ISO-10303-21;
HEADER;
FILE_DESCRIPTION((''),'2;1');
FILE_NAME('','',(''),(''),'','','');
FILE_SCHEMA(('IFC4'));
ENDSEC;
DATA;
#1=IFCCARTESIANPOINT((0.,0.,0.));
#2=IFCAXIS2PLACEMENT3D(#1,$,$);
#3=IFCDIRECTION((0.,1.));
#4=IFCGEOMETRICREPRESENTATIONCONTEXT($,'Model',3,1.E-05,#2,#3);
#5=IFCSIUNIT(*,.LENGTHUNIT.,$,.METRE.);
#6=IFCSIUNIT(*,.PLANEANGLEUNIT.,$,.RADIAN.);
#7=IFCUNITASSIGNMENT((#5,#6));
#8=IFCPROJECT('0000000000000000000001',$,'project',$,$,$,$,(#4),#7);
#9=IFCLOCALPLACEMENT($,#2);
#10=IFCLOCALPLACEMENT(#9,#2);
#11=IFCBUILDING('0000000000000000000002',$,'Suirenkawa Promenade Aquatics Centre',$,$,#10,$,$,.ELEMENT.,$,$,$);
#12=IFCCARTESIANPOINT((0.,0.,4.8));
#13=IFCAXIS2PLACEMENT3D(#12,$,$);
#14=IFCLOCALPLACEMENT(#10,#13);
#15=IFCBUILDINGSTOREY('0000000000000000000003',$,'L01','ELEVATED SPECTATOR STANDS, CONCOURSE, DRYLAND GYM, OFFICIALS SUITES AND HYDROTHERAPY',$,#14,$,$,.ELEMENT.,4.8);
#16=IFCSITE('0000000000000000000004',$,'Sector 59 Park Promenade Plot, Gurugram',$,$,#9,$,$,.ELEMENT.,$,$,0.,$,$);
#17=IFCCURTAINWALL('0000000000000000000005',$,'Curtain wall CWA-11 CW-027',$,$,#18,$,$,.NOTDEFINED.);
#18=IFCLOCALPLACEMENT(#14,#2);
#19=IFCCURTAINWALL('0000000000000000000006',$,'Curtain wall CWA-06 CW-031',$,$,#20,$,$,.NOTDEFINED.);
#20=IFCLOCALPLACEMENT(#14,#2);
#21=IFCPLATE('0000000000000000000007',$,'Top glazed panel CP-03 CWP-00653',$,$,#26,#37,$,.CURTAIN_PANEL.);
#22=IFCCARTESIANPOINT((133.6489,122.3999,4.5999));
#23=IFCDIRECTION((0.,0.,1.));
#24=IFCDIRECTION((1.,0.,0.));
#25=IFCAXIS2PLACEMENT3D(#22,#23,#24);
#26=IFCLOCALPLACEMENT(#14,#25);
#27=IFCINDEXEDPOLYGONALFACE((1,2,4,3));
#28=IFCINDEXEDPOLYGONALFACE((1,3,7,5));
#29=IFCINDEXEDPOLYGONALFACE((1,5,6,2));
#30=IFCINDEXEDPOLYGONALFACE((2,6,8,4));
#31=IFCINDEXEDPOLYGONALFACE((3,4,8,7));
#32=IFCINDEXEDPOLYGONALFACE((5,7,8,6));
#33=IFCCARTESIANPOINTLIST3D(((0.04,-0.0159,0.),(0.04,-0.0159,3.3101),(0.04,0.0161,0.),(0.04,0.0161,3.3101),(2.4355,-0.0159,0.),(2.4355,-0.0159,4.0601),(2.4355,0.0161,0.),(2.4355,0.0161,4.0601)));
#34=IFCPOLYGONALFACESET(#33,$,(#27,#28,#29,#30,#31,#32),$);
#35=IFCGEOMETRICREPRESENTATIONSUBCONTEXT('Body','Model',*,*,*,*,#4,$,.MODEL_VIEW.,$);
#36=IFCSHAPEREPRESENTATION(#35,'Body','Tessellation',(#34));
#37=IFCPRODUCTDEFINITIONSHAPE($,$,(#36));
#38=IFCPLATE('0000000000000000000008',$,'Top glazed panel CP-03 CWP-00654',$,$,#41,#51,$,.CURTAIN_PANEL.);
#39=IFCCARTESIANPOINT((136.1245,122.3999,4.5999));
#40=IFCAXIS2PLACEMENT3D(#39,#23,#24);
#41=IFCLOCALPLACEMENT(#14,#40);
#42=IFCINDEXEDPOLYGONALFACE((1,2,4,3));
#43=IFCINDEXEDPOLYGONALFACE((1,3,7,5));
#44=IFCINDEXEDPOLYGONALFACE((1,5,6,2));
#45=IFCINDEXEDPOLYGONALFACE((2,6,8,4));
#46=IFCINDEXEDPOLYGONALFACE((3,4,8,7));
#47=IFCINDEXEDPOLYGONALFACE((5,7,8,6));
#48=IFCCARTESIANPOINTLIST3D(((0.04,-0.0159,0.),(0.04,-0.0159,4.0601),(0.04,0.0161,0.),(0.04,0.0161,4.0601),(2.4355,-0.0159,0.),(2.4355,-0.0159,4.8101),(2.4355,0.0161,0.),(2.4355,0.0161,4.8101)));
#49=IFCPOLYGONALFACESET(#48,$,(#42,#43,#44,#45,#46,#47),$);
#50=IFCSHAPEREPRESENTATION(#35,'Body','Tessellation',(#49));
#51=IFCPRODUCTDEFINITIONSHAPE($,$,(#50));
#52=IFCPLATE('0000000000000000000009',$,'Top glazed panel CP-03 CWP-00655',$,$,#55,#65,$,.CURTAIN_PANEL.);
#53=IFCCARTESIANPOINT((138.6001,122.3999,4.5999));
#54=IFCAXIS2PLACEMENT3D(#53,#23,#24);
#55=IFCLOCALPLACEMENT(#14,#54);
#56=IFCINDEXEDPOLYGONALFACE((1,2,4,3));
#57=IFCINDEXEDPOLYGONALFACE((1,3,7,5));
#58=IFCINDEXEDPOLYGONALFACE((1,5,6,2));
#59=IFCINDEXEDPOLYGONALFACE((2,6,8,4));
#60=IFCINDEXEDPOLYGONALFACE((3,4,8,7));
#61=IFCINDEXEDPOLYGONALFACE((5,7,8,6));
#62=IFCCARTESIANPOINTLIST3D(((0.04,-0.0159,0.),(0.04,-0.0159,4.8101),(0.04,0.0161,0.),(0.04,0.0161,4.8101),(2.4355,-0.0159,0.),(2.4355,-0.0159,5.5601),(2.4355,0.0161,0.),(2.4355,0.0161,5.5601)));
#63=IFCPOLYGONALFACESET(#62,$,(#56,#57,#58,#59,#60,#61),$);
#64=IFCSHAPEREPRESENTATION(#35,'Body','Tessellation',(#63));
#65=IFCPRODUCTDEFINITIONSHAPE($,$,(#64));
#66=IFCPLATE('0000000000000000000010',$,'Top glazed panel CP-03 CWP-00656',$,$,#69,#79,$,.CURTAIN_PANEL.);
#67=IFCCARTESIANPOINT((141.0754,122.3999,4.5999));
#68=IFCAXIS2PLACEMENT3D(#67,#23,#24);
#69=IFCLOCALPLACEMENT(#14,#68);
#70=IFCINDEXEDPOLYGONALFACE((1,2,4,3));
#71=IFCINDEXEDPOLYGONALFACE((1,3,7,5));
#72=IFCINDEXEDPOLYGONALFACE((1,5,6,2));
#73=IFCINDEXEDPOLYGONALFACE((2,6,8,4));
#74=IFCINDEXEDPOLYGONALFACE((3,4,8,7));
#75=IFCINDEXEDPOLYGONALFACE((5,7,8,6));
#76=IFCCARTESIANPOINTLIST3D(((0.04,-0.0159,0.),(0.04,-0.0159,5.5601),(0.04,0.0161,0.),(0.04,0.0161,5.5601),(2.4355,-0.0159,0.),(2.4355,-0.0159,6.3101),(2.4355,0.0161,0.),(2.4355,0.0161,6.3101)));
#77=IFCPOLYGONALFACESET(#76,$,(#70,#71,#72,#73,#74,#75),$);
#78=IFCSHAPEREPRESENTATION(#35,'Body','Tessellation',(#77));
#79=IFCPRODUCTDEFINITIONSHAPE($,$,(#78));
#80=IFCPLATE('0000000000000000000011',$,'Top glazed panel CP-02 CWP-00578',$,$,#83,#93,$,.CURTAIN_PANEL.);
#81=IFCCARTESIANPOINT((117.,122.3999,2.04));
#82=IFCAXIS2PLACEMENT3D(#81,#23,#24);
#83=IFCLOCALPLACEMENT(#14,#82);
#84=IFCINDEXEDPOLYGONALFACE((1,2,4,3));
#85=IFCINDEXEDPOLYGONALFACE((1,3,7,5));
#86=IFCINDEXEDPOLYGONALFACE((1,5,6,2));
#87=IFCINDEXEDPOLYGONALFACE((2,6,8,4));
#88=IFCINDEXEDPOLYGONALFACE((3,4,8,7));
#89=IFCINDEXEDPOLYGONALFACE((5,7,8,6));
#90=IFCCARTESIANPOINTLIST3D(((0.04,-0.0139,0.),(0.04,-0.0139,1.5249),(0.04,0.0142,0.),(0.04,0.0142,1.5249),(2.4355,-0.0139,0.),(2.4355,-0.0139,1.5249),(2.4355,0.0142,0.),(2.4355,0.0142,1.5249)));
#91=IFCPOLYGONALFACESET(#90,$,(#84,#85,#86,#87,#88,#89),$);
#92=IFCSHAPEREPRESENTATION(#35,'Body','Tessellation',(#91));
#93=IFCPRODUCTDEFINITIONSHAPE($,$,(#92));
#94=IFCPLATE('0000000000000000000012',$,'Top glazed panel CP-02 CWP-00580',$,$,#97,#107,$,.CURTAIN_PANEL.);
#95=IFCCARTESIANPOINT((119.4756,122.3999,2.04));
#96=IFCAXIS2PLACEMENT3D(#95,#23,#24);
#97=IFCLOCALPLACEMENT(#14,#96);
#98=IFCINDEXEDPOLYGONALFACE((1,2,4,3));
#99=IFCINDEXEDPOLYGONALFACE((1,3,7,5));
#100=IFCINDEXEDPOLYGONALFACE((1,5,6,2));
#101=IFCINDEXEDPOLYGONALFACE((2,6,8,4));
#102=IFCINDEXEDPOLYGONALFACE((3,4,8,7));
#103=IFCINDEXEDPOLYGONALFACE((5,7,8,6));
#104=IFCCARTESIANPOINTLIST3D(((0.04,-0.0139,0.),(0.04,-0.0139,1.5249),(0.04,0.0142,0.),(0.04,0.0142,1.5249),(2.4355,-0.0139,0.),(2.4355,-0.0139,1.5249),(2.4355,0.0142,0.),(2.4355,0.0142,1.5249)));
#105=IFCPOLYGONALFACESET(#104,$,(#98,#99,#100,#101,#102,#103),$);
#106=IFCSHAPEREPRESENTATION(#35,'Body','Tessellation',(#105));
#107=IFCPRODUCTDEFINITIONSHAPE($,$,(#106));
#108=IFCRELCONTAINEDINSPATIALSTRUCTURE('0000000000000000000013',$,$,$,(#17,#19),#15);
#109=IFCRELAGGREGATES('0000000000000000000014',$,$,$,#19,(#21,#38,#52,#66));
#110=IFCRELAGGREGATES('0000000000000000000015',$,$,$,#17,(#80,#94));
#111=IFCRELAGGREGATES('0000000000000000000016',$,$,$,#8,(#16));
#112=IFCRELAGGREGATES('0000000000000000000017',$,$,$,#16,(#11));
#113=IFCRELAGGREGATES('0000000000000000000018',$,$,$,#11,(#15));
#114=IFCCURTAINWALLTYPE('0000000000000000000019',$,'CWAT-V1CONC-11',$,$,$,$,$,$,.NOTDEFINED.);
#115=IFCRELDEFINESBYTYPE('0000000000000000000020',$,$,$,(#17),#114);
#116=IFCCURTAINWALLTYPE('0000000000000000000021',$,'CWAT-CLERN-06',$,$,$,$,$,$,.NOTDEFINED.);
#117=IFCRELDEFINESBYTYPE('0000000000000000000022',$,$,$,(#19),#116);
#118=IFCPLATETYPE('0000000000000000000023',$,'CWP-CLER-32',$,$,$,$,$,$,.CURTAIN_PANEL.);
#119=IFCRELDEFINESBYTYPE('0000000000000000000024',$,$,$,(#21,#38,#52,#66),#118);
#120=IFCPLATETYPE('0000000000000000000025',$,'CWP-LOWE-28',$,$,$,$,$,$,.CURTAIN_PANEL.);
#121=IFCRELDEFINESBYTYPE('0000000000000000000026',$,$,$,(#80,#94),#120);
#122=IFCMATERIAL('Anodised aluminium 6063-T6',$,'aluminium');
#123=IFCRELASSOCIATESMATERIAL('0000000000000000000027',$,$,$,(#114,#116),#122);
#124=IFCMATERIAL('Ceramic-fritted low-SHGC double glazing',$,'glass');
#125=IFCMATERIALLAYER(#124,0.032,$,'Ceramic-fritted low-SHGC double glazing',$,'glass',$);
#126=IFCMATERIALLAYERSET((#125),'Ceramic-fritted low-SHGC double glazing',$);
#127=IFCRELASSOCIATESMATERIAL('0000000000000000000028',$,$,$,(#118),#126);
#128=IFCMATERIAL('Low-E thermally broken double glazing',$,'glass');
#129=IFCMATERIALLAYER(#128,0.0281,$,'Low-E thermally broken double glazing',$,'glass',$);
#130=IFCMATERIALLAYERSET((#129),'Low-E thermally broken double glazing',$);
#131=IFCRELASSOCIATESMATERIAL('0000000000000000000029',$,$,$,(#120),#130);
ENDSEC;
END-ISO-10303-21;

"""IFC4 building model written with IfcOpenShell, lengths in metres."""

from ifc_helpers import new_model, si_unit, direction, frame, origin, place, context, subcontext, project, spatial, polyline, outline, extrude, material, layer, layer_set, type_object, element, aggregate, save


model = new_model("IFC4")

# Units and contexts
model_context = context("Model", 3, precision=1e-05, world=origin(), true_north=direction((0.0, 1.0)))
body_context = subcontext(model_context, "Body", "Model", "MODEL_VIEW")
ifc_project = project(units=[si_unit("LENGTHUNIT", "METRE"), si_unit("PLANEANGLEUNIT", "RADIAN")], contexts=[model_context])

# Site, building, storey
site_placement = place(None, origin())
site = spatial("IfcSite", under=ifc_project, at=site_placement, Name="Sector 59 Park Promenade Plot, Gurugram", CompositionType="ELEMENT", RefElevation=0.0)
building_placement = place(site_placement, origin())
building = spatial("IfcBuilding", under=site, at=building_placement, Name="Suirenkawa Promenade Aquatics Centre", CompositionType="ELEMENT")
storey_placement = place(building_placement, frame((0.0, 0.0, 4.8)))
storey = spatial("IfcBuildingStorey", under=building, at=storey_placement, Name="L01", Description="ELEVATED SPECTATOR STANDS, CONCOURSE, DRYLAND GYM, OFFICIALS SUITES AND HYDROTHERAPY", CompositionType="ELEMENT", Elevation=4.8)

# Curtain walls
ifc_material_1 = material(Name="Anodised aluminium 6063-T6", Category="aluminium")
curtain_wall_type_1 = type_object("IfcCurtainWallType", Name="CWAT-V1CONC-11", PredefinedType="NOTDEFINED", material=ifc_material_1)
curtain_wall_1_placement = place(storey_placement, origin())
curtain_wall_1 = element("IfcCurtainWall", 1, at=curtain_wall_1_placement, inside=storey, type_object=curtain_wall_type_1, Name="Curtain wall CWA-11 CW-027", PredefinedType="NOTDEFINED")
curtain_wall_type_2 = type_object("IfcCurtainWallType", Name="CWAT-CLERN-06", PredefinedType="NOTDEFINED", material=ifc_material_1)
curtain_wall_2_placement = place(storey_placement, origin())
curtain_wall_2 = element("IfcCurtainWall", 2, at=curtain_wall_2_placement, inside=storey, type_object=curtain_wall_type_2, Name="Curtain wall CWA-06 CW-031", PredefinedType="NOTDEFINED")

# Plates
ifc_material_2 = material(Name="Ceramic-fritted low-SHGC double glazing", Category="glass")
ifc_layer_1 = layer(ifc_material_2, 0.032, Name="Ceramic-fritted low-SHGC double glazing", Category="glass")
ifc_layer_set_1 = layer_set([ifc_layer_1], Name="Ceramic-fritted low-SHGC double glazing")
plate_type_1 = type_object("IfcPlateType", Name="CWP-CLER-32", PredefinedType="CURTAIN_PANEL", material=ifc_layer_set_1)
plate_1_placement = place(storey_placement, frame((133.6489, 122.3999, 4.5999), z_axis=(0.0, 0.0, 1.0), x_axis=(1.0, 0.0, 0.0)))
plate_1 = element("IfcPlate", 3, at=plate_1_placement, type_object=plate_type_1, Name="Top glazed panel CP-03 CWP-00653", PredefinedType="CURTAIN_PANEL", context=body_context, shape_type="SweptSolid", body=[
    extrude(outline(polyline([(0.04, 0.0), (2.4355, 0.0), (2.4355, 4.0601), (0.04, 3.3101), (0.04, 0.0)])), frame((0.0, 0.0161, 0.0), z_axis=(0.0, -1.0, 0.0), x_axis=(1.0, 0.0, 0.0)), (0.0, 0.0, 1.0), 0.032),
])
plate_2_placement = place(storey_placement, frame((136.1245, 122.3999, 4.5999), z_axis=(0.0, 0.0, 1.0), x_axis=(1.0, 0.0, 0.0)))
plate_2 = element("IfcPlate", 4, at=plate_2_placement, type_object=plate_type_1, Name="Top glazed panel CP-03 CWP-00654", PredefinedType="CURTAIN_PANEL", context=body_context, shape_type="SweptSolid", body=[
    extrude(outline(polyline([(0.04, 0.0), (2.4355, 0.0), (2.4355, 4.8101), (0.04, 4.0601), (0.04, 0.0)])), frame((0.0, 0.0161, 0.0), z_axis=(0.0, -1.0, 0.0), x_axis=(1.0, 0.0, 0.0)), (0.0, 0.0, 1.0), 0.032),
])
plate_3_placement = place(storey_placement, frame((138.6001, 122.3999, 4.5999), z_axis=(0.0, 0.0, 1.0), x_axis=(1.0, 0.0, 0.0)))
plate_3 = element("IfcPlate", 5, at=plate_3_placement, type_object=plate_type_1, Name="Top glazed panel CP-03 CWP-00655", PredefinedType="CURTAIN_PANEL", context=body_context, shape_type="SweptSolid", body=[
    extrude(outline(polyline([(0.04, 0.0), (2.4355, 0.0), (2.4355, 5.5601), (0.04, 4.8101), (0.04, 0.0)])), frame((0.0, 0.0161, 0.0), z_axis=(0.0, -1.0, 0.0), x_axis=(1.0, 0.0, 0.0)), (0.0, 0.0, 1.0), 0.032),
])
plate_4_placement = place(storey_placement, frame((141.0754, 122.3999, 4.5999), z_axis=(0.0, 0.0, 1.0), x_axis=(1.0, 0.0, 0.0)))
plate_4 = element("IfcPlate", 6, at=plate_4_placement, type_object=plate_type_1, Name="Top glazed panel CP-03 CWP-00656", PredefinedType="CURTAIN_PANEL", context=body_context, shape_type="SweptSolid", body=[
    extrude(outline(polyline([(0.04, 0.0), (2.4355, 0.0), (2.4355, 6.3101), (0.04, 5.5601), (0.04, 0.0)])), frame((0.0, 0.0161, 0.0), z_axis=(0.0, -1.0, 0.0), x_axis=(1.0, 0.0, 0.0)), (0.0, 0.0, 1.0), 0.032),
])
aggregate(curtain_wall_2, [plate_1, plate_2, plate_3, plate_4])
ifc_material_3 = material(Name="Low-E thermally broken double glazing", Category="glass")
ifc_layer_2 = layer(ifc_material_3, 0.0281, Name="Low-E thermally broken double glazing", Category="glass")
ifc_layer_set_2 = layer_set([ifc_layer_2], Name="Low-E thermally broken double glazing")
plate_type_2 = type_object("IfcPlateType", Name="CWP-LOWE-28", PredefinedType="CURTAIN_PANEL", material=ifc_layer_set_2)
plate_5_placement = place(storey_placement, frame((117.0, 122.3999, 2.04), z_axis=(0.0, 0.0, 1.0), x_axis=(1.0, 0.0, 0.0)))
plate_5 = element("IfcPlate", 7, at=plate_5_placement, type_object=plate_type_2, Name="Top glazed panel CP-02 CWP-00578", PredefinedType="CURTAIN_PANEL", context=body_context, shape_type="SweptSolid", body=[
    extrude(outline(polyline([(0.04, 0.0), (2.4355, 0.0), (2.4355, 1.5249), (0.04, 1.5249), (0.04, 0.0)])), frame((0.0, 0.0142, 0.0), z_axis=(0.0, -1.0, 0.0), x_axis=(1.0, 0.0, 0.0)), (0.0, 0.0, 1.0), 0.0281),
])
plate_6_placement = place(storey_placement, frame((119.4756, 122.3999, 2.04), z_axis=(0.0, 0.0, 1.0), x_axis=(1.0, 0.0, 0.0)))
plate_6 = element("IfcPlate", 8, at=plate_6_placement, type_object=plate_type_2, Name="Top glazed panel CP-02 CWP-00580", PredefinedType="CURTAIN_PANEL", context=body_context, shape_type="SweptSolid", body=[
    extrude(outline(polyline([(0.04, 0.0), (2.4355, 0.0), (2.4355, 1.5249), (0.04, 1.5249), (0.04, 0.0)])), frame((0.0, 0.0142, 0.0), z_axis=(0.0, -1.0, 0.0), x_axis=(1.0, 0.0, 0.0)), (0.0, 0.0, 1.0), 0.0281),
])
aggregate(curtain_wall_1, [plate_5, plate_6])

save(model, "model.ifc")
